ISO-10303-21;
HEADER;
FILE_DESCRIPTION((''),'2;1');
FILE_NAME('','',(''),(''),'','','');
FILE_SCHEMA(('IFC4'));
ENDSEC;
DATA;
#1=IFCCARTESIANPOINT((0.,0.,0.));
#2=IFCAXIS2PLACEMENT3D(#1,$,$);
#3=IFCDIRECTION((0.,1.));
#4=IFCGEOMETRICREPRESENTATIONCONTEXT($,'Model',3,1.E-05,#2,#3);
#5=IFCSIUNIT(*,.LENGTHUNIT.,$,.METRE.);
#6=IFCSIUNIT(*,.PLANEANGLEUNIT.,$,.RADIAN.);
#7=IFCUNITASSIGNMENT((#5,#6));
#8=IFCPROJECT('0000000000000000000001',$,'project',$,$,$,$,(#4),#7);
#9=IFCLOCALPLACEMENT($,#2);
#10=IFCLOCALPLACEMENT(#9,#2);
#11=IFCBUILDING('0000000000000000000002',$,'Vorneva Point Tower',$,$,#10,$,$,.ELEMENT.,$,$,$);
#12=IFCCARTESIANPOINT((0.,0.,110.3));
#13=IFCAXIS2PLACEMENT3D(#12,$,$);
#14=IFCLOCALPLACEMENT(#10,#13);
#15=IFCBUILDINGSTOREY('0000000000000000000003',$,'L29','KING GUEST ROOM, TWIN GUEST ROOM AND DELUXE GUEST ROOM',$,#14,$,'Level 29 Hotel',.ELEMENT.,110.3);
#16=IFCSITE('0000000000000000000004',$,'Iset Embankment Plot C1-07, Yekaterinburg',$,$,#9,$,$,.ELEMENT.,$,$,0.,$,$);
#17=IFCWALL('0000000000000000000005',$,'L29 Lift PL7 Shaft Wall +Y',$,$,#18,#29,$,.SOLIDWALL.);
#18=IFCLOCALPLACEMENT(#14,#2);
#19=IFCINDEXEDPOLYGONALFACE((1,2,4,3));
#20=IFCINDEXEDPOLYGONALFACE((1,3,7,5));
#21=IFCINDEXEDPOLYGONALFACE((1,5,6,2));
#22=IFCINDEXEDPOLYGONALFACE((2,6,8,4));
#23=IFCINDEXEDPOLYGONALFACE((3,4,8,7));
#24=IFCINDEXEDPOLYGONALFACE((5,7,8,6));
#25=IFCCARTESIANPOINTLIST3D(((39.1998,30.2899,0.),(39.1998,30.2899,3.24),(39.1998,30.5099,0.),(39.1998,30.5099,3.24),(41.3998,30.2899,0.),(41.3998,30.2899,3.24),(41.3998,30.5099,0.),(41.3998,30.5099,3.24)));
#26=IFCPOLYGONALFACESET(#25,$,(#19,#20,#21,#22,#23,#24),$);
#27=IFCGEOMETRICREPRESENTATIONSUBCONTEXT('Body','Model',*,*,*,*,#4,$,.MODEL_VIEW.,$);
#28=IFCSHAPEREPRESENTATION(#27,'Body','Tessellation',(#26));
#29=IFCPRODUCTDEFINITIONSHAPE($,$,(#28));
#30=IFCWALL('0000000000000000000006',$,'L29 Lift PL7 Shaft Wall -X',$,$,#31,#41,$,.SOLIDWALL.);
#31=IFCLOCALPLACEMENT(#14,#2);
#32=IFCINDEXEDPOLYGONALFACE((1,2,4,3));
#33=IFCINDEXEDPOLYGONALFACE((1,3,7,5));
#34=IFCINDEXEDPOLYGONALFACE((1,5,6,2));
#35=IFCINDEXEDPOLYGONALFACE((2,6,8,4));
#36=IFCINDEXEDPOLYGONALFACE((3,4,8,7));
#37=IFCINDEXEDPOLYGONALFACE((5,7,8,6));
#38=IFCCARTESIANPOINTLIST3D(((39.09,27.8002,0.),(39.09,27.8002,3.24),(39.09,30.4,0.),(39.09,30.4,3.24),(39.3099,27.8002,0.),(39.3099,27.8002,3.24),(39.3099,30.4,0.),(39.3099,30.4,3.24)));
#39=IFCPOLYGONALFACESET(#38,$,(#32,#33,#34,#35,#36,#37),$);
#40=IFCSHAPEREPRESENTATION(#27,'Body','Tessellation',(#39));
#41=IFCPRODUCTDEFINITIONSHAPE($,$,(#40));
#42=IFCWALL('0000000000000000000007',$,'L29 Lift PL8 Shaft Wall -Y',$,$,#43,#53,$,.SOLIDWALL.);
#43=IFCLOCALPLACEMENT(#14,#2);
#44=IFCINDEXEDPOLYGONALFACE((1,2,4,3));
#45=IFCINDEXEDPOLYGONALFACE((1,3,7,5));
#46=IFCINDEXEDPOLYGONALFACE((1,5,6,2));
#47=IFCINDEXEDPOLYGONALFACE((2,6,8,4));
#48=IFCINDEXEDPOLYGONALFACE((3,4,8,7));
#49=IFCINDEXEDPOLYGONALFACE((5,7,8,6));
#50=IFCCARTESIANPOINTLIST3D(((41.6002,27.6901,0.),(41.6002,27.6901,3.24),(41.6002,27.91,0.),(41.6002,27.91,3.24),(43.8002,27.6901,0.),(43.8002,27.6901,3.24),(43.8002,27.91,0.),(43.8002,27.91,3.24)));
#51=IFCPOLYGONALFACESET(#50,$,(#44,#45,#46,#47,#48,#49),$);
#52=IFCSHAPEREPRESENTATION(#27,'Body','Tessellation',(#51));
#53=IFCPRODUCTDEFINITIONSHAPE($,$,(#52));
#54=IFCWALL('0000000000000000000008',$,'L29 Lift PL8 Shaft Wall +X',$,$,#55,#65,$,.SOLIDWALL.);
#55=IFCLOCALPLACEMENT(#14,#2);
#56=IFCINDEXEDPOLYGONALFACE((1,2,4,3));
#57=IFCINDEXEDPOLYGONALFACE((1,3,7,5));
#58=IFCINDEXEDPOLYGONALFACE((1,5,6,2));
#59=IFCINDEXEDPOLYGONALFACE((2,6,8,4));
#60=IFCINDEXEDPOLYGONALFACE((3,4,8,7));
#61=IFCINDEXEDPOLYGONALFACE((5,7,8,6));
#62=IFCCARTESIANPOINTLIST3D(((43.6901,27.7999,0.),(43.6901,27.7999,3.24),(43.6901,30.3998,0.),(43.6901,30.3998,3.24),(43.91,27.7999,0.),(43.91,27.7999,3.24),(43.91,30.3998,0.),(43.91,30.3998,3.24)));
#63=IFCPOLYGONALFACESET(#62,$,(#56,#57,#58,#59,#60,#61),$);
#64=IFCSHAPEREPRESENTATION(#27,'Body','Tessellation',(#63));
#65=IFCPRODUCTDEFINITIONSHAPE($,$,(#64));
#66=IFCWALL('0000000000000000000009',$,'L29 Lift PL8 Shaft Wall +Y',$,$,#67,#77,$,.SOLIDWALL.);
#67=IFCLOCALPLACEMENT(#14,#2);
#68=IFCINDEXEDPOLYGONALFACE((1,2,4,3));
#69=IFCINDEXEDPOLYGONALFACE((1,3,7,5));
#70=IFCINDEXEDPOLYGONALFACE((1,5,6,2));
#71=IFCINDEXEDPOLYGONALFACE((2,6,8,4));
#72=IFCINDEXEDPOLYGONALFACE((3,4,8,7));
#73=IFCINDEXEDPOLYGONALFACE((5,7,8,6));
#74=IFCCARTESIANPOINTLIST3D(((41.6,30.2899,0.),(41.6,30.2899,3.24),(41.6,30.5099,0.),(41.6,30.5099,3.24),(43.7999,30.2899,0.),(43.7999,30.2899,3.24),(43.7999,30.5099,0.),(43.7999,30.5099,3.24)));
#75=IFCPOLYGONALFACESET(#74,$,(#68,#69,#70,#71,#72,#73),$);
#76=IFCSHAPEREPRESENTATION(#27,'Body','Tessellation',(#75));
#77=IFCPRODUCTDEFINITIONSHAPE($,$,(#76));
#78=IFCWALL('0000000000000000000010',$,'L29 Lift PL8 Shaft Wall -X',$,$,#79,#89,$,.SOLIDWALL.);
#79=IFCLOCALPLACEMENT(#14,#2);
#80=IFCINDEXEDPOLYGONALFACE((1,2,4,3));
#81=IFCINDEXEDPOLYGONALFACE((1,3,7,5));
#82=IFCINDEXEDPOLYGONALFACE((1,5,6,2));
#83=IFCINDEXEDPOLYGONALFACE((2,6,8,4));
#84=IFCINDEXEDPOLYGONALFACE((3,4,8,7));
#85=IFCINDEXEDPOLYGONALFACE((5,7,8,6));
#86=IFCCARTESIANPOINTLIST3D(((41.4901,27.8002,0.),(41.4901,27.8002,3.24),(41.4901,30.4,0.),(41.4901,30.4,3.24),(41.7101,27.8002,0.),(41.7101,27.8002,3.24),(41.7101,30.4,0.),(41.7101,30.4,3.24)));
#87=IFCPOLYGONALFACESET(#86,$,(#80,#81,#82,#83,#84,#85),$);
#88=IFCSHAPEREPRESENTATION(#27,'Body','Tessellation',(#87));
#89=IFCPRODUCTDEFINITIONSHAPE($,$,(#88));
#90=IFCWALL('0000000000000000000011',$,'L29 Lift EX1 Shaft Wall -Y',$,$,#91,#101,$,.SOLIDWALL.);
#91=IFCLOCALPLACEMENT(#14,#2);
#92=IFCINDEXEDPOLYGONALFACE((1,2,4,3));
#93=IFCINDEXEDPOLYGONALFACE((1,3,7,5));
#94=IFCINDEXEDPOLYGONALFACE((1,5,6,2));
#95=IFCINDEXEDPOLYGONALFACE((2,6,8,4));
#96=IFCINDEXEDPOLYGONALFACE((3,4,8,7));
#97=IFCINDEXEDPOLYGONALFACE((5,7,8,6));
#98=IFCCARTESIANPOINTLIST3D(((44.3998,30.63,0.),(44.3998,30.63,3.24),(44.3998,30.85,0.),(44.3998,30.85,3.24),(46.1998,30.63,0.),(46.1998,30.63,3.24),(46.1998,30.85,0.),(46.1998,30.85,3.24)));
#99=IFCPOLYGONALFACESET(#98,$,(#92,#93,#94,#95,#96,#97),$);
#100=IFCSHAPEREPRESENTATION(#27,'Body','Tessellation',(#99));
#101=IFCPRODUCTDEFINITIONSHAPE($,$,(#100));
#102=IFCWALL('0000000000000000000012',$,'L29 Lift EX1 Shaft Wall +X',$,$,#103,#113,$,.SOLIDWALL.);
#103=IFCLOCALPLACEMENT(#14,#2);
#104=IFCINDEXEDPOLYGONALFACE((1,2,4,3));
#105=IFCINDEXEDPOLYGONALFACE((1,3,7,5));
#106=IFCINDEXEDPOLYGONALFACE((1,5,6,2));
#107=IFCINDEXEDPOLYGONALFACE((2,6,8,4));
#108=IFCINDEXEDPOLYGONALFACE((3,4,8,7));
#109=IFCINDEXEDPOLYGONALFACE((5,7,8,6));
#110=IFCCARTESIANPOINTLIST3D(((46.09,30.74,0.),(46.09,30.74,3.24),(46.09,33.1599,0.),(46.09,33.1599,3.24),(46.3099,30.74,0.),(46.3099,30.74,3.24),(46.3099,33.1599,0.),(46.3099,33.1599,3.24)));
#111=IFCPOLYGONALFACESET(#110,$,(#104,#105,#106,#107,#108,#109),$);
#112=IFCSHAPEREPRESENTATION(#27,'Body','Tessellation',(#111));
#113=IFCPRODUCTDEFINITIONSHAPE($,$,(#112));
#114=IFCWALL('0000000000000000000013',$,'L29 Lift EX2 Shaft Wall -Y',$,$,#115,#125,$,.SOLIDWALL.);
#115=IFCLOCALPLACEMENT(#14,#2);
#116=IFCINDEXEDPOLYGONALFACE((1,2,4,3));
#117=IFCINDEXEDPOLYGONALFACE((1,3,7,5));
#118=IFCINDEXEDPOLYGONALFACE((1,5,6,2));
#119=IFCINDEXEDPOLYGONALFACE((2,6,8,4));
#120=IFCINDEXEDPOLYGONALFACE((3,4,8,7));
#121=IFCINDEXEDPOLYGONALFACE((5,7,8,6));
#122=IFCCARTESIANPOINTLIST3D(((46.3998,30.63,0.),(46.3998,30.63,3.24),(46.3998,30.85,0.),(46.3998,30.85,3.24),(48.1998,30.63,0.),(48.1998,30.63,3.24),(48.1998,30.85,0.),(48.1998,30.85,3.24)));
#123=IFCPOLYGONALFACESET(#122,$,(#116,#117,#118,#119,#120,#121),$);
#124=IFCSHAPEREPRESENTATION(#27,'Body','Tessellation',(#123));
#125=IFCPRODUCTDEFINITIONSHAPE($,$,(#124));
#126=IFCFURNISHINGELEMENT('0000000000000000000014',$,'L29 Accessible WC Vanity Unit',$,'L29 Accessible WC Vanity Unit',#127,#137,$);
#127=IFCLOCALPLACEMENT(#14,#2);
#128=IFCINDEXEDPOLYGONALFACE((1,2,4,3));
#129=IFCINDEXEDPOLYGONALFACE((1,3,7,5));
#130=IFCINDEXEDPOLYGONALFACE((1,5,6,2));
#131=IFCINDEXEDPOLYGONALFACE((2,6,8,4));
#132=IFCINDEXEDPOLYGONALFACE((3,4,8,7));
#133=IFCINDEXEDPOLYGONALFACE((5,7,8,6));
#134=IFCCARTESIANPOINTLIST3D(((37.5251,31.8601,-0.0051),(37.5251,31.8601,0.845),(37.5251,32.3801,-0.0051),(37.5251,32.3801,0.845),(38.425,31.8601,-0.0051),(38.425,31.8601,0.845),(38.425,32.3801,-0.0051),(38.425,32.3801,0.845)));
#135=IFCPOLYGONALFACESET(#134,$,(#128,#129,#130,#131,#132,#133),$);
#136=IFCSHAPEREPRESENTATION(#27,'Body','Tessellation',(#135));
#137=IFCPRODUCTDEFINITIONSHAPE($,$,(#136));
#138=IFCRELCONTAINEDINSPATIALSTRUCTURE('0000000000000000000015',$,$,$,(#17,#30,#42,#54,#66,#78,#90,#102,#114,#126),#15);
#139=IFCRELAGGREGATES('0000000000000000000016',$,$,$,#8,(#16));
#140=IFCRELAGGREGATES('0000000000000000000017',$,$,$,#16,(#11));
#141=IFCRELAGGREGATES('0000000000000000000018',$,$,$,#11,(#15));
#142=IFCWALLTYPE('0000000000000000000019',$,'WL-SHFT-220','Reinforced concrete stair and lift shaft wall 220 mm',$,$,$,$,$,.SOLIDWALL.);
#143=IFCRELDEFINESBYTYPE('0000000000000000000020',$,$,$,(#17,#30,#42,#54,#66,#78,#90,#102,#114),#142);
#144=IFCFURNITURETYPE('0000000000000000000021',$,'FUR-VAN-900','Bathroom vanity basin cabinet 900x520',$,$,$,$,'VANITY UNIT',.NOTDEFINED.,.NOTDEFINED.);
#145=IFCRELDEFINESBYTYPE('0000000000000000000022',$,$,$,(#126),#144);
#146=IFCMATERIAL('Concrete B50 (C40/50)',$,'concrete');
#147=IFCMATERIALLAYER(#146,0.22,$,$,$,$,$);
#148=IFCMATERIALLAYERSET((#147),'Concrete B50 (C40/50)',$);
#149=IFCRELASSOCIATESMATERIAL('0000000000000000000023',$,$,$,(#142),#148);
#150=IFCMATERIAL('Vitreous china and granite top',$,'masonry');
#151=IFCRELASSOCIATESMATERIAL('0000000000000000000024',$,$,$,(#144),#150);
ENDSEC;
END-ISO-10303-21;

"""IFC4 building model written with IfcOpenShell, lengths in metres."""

from ifc_helpers import new_model, si_unit, direction, frame, frame_2d, origin, origin_2d, place, context, subcontext, project, spatial, rectangle, extrude, material, layer, layer_set, type_object, element, save


model = new_model("IFC4")

# Units and contexts
model_context = context("Model", 3, precision=1e-05, world=origin(), true_north=direction((0.0, 1.0)))
body_context = subcontext(model_context, "Body", "Model", "MODEL_VIEW")
ifc_project = project(units=[si_unit("LENGTHUNIT", "METRE"), si_unit("PLANEANGLEUNIT", "RADIAN")], contexts=[model_context])

# Site, building, storey
site_placement = place(None, origin())
site = spatial("IfcSite", under=ifc_project, at=site_placement, Name="Iset Embankment Plot C1-07, Yekaterinburg", CompositionType="ELEMENT", RefElevation=0.0)
building_placement = place(site_placement, origin())
building = spatial("IfcBuilding", under=site, at=building_placement, Name="Vorneva Point Tower", CompositionType="ELEMENT")
storey_placement = place(building_placement, frame((0.0, 0.0, 110.3)))
storey = spatial("IfcBuildingStorey", under=building, at=storey_placement, Name="L29", Description="KING GUEST ROOM, TWIN GUEST ROOM AND DELUXE GUEST ROOM", LongName="Level 29 Hotel", CompositionType="ELEMENT", Elevation=110.3)

# Walls
ifc_material_1 = material(Name="Concrete B50 (C40/50)", Category="concrete")
ifc_layer_1 = layer(ifc_material_1, 0.22)
ifc_layer_set_1 = layer_set([ifc_layer_1], Name="Concrete B50 (C40/50)")
wall_type_1 = type_object("IfcWallType", Name="WL-SHFT-220", Description="Reinforced concrete stair and lift shaft wall 220 mm", PredefinedType="SOLIDWALL", material=ifc_layer_set_1)
wall_1_placement = place(storey_placement, frame((41.3999, 30.3999, 0.0), z_axis=(0.0, 0.0, 1.0), x_axis=(-1.0, 0.0, 0.0)))
element("IfcWall", 1, at=wall_1_placement, inside=storey, type_object=wall_type_1, Name="L29 Lift PL7 Shaft Wall +Y", PredefinedType="SOLIDWALL", context=body_context, shape_type="SweptSolid", body=[
    extrude(rectangle(XDim=2.2, YDim=0.22, at=frame_2d((1.1001, 0.0))), origin(), (0.0, 0.0, 1.0), 3.24),
])
wall_2_placement = place(storey_placement, frame((39.2, 30.3999, 0.0), z_axis=(0.0, 0.0, 1.0), x_axis=(0.0, -1.0, 0.0)))
element("IfcWall", 2, at=wall_2_placement, inside=storey, type_object=wall_type_1, Name="L29 Lift PL7 Shaft Wall -X", PredefinedType="SOLIDWALL", context=body_context, shape_type="SweptSolid", body=[
    extrude(rectangle(XDim=2.5999, YDim=0.22, at=frame_2d((1.2998, 0.0))), origin(), (0.0, 0.0, 1.0), 3.24),
])
wall_3_placement = place(storey_placement, frame((41.6001, 27.8, 0.0), z_axis=(0.0, 0.0, 1.0), x_axis=(1.0, 0.0, 0.0)))
element("IfcWall", 3, at=wall_3_placement, inside=storey, type_object=wall_type_1, Name="L29 Lift PL8 Shaft Wall -Y", PredefinedType="SOLIDWALL", context=body_context, shape_type="SweptSolid", body=[
    extrude(rectangle(XDim=2.2, YDim=0.22, at=frame_2d((1.1001, 0.0))), origin(), (0.0, 0.0, 1.0), 3.24),
])
wall_4_placement = place(storey_placement, frame((43.8, 27.8, 0.0), z_axis=(0.0, 0.0, 1.0), x_axis=(0.0, 1.0, 0.0)))
element("IfcWall", 4, at=wall_4_placement, inside=storey, type_object=wall_type_1, Name="L29 Lift PL8 Shaft Wall +X", PredefinedType="SOLIDWALL", context=body_context, shape_type="SweptSolid", body=[
    extrude(rectangle(XDim=2.5999, YDim=0.22, at=frame_2d((1.2998, 0.0))), origin(), (0.0, 0.0, 1.0), 3.24),
])
wall_5_placement = place(storey_placement, frame((43.8, 30.3999, 0.0), z_axis=(0.0, 0.0, 1.0), x_axis=(-1.0, 0.0, 0.0)))
element("IfcWall", 5, at=wall_5_placement, inside=storey, type_object=wall_type_1, Name="L29 Lift PL8 Shaft Wall +Y", PredefinedType="SOLIDWALL", context=body_context, shape_type="SweptSolid", body=[
    extrude(rectangle(XDim=2.2, YDim=0.22, at=frame_2d((1.1001, 0.0))), origin(), (0.0, 0.0, 1.0), 3.24),
])
wall_6_placement = place(storey_placement, frame((41.6001, 30.3999, 0.0), z_axis=(0.0, 0.0, 1.0), x_axis=(0.0, -1.0, 0.0)))
element("IfcWall", 6, at=wall_6_placement, inside=storey, type_object=wall_type_1, Name="L29 Lift PL8 Shaft Wall -X", PredefinedType="SOLIDWALL", context=body_context, shape_type="SweptSolid", body=[
    extrude(rectangle(XDim=2.5999, YDim=0.22, at=frame_2d((1.2998, 0.0))), origin(), (0.0, 0.0, 1.0), 3.24),
])
wall_7_placement = place(storey_placement, frame((44.3999, 30.74, 0.0), z_axis=(0.0, 0.0, 1.0), x_axis=(1.0, 0.0, 0.0)))
element("IfcWall", 7, at=wall_7_placement, inside=storey, type_object=wall_type_1, Name="L29 Lift EX1 Shaft Wall -Y", PredefinedType="SOLIDWALL", context=body_context, shape_type="SweptSolid", body=[
    extrude(rectangle(XDim=1.8, YDim=0.22, at=frame_2d((0.8999, 0.0))), origin(), (0.0, 0.0, 1.0), 3.24),
])
wall_8_placement = place(storey_placement, frame((46.2, 30.74, 0.0), z_axis=(0.0, 0.0, 1.0), x_axis=(0.0, 1.0, 0.0)))
element("IfcWall", 8, at=wall_8_placement, inside=storey, type_object=wall_type_1, Name="L29 Lift EX1 Shaft Wall +X", PredefinedType="SOLIDWALL", context=body_context, shape_type="SweptSolid", body=[
    extrude(rectangle(XDim=2.4199, YDim=0.22, at=frame_2d((1.21, 0.0))), origin(), (0.0, 0.0, 1.0), 3.24),
])
wall_9_placement = place(storey_placement, frame((46.3999, 30.74, 0.0), z_axis=(0.0, 0.0, 1.0), x_axis=(1.0, 0.0, 0.0)))
element("IfcWall", 9, at=wall_9_placement, inside=storey, type_object=wall_type_1, Name="L29 Lift EX2 Shaft Wall -Y", PredefinedType="SOLIDWALL", context=body_context, shape_type="SweptSolid", body=[
    extrude(rectangle(XDim=1.8, YDim=0.22, at=frame_2d((0.8999, 0.0))), origin(), (0.0, 0.0, 1.0), 3.24),
])

# Furnishing element
ifc_material_2 = material(Name="Vitreous china and granite top", Category="masonry")
furniture_type = type_object("IfcFurnitureType", Name="FUR-VAN-900", Description="Bathroom vanity basin cabinet 900x520", ElementType="VANITY UNIT", AssemblyPlace="NOTDEFINED", PredefinedType="NOTDEFINED", material=ifc_material_2)
furnishing_placement = place(storey_placement, frame((37.9751, 32.1201, -0.0051), z_axis=(0.0, 0.0, 1.0), x_axis=(1.0, 0.0, 0.0)))
element("IfcFurnishingElement", 10, at=furnishing_placement, inside=storey, type_object=furniture_type, Name="L29 Accessible WC Vanity Unit", ObjectType="L29 Accessible WC Vanity Unit", context=body_context, shape_type="SweptSolid", body=[
    extrude(rectangle(XDim=0.8999, YDim=0.52, at=origin_2d()), origin(), (0.0, 0.0, 1.0), 0.8501),
])

save(model, "model.ifc")
